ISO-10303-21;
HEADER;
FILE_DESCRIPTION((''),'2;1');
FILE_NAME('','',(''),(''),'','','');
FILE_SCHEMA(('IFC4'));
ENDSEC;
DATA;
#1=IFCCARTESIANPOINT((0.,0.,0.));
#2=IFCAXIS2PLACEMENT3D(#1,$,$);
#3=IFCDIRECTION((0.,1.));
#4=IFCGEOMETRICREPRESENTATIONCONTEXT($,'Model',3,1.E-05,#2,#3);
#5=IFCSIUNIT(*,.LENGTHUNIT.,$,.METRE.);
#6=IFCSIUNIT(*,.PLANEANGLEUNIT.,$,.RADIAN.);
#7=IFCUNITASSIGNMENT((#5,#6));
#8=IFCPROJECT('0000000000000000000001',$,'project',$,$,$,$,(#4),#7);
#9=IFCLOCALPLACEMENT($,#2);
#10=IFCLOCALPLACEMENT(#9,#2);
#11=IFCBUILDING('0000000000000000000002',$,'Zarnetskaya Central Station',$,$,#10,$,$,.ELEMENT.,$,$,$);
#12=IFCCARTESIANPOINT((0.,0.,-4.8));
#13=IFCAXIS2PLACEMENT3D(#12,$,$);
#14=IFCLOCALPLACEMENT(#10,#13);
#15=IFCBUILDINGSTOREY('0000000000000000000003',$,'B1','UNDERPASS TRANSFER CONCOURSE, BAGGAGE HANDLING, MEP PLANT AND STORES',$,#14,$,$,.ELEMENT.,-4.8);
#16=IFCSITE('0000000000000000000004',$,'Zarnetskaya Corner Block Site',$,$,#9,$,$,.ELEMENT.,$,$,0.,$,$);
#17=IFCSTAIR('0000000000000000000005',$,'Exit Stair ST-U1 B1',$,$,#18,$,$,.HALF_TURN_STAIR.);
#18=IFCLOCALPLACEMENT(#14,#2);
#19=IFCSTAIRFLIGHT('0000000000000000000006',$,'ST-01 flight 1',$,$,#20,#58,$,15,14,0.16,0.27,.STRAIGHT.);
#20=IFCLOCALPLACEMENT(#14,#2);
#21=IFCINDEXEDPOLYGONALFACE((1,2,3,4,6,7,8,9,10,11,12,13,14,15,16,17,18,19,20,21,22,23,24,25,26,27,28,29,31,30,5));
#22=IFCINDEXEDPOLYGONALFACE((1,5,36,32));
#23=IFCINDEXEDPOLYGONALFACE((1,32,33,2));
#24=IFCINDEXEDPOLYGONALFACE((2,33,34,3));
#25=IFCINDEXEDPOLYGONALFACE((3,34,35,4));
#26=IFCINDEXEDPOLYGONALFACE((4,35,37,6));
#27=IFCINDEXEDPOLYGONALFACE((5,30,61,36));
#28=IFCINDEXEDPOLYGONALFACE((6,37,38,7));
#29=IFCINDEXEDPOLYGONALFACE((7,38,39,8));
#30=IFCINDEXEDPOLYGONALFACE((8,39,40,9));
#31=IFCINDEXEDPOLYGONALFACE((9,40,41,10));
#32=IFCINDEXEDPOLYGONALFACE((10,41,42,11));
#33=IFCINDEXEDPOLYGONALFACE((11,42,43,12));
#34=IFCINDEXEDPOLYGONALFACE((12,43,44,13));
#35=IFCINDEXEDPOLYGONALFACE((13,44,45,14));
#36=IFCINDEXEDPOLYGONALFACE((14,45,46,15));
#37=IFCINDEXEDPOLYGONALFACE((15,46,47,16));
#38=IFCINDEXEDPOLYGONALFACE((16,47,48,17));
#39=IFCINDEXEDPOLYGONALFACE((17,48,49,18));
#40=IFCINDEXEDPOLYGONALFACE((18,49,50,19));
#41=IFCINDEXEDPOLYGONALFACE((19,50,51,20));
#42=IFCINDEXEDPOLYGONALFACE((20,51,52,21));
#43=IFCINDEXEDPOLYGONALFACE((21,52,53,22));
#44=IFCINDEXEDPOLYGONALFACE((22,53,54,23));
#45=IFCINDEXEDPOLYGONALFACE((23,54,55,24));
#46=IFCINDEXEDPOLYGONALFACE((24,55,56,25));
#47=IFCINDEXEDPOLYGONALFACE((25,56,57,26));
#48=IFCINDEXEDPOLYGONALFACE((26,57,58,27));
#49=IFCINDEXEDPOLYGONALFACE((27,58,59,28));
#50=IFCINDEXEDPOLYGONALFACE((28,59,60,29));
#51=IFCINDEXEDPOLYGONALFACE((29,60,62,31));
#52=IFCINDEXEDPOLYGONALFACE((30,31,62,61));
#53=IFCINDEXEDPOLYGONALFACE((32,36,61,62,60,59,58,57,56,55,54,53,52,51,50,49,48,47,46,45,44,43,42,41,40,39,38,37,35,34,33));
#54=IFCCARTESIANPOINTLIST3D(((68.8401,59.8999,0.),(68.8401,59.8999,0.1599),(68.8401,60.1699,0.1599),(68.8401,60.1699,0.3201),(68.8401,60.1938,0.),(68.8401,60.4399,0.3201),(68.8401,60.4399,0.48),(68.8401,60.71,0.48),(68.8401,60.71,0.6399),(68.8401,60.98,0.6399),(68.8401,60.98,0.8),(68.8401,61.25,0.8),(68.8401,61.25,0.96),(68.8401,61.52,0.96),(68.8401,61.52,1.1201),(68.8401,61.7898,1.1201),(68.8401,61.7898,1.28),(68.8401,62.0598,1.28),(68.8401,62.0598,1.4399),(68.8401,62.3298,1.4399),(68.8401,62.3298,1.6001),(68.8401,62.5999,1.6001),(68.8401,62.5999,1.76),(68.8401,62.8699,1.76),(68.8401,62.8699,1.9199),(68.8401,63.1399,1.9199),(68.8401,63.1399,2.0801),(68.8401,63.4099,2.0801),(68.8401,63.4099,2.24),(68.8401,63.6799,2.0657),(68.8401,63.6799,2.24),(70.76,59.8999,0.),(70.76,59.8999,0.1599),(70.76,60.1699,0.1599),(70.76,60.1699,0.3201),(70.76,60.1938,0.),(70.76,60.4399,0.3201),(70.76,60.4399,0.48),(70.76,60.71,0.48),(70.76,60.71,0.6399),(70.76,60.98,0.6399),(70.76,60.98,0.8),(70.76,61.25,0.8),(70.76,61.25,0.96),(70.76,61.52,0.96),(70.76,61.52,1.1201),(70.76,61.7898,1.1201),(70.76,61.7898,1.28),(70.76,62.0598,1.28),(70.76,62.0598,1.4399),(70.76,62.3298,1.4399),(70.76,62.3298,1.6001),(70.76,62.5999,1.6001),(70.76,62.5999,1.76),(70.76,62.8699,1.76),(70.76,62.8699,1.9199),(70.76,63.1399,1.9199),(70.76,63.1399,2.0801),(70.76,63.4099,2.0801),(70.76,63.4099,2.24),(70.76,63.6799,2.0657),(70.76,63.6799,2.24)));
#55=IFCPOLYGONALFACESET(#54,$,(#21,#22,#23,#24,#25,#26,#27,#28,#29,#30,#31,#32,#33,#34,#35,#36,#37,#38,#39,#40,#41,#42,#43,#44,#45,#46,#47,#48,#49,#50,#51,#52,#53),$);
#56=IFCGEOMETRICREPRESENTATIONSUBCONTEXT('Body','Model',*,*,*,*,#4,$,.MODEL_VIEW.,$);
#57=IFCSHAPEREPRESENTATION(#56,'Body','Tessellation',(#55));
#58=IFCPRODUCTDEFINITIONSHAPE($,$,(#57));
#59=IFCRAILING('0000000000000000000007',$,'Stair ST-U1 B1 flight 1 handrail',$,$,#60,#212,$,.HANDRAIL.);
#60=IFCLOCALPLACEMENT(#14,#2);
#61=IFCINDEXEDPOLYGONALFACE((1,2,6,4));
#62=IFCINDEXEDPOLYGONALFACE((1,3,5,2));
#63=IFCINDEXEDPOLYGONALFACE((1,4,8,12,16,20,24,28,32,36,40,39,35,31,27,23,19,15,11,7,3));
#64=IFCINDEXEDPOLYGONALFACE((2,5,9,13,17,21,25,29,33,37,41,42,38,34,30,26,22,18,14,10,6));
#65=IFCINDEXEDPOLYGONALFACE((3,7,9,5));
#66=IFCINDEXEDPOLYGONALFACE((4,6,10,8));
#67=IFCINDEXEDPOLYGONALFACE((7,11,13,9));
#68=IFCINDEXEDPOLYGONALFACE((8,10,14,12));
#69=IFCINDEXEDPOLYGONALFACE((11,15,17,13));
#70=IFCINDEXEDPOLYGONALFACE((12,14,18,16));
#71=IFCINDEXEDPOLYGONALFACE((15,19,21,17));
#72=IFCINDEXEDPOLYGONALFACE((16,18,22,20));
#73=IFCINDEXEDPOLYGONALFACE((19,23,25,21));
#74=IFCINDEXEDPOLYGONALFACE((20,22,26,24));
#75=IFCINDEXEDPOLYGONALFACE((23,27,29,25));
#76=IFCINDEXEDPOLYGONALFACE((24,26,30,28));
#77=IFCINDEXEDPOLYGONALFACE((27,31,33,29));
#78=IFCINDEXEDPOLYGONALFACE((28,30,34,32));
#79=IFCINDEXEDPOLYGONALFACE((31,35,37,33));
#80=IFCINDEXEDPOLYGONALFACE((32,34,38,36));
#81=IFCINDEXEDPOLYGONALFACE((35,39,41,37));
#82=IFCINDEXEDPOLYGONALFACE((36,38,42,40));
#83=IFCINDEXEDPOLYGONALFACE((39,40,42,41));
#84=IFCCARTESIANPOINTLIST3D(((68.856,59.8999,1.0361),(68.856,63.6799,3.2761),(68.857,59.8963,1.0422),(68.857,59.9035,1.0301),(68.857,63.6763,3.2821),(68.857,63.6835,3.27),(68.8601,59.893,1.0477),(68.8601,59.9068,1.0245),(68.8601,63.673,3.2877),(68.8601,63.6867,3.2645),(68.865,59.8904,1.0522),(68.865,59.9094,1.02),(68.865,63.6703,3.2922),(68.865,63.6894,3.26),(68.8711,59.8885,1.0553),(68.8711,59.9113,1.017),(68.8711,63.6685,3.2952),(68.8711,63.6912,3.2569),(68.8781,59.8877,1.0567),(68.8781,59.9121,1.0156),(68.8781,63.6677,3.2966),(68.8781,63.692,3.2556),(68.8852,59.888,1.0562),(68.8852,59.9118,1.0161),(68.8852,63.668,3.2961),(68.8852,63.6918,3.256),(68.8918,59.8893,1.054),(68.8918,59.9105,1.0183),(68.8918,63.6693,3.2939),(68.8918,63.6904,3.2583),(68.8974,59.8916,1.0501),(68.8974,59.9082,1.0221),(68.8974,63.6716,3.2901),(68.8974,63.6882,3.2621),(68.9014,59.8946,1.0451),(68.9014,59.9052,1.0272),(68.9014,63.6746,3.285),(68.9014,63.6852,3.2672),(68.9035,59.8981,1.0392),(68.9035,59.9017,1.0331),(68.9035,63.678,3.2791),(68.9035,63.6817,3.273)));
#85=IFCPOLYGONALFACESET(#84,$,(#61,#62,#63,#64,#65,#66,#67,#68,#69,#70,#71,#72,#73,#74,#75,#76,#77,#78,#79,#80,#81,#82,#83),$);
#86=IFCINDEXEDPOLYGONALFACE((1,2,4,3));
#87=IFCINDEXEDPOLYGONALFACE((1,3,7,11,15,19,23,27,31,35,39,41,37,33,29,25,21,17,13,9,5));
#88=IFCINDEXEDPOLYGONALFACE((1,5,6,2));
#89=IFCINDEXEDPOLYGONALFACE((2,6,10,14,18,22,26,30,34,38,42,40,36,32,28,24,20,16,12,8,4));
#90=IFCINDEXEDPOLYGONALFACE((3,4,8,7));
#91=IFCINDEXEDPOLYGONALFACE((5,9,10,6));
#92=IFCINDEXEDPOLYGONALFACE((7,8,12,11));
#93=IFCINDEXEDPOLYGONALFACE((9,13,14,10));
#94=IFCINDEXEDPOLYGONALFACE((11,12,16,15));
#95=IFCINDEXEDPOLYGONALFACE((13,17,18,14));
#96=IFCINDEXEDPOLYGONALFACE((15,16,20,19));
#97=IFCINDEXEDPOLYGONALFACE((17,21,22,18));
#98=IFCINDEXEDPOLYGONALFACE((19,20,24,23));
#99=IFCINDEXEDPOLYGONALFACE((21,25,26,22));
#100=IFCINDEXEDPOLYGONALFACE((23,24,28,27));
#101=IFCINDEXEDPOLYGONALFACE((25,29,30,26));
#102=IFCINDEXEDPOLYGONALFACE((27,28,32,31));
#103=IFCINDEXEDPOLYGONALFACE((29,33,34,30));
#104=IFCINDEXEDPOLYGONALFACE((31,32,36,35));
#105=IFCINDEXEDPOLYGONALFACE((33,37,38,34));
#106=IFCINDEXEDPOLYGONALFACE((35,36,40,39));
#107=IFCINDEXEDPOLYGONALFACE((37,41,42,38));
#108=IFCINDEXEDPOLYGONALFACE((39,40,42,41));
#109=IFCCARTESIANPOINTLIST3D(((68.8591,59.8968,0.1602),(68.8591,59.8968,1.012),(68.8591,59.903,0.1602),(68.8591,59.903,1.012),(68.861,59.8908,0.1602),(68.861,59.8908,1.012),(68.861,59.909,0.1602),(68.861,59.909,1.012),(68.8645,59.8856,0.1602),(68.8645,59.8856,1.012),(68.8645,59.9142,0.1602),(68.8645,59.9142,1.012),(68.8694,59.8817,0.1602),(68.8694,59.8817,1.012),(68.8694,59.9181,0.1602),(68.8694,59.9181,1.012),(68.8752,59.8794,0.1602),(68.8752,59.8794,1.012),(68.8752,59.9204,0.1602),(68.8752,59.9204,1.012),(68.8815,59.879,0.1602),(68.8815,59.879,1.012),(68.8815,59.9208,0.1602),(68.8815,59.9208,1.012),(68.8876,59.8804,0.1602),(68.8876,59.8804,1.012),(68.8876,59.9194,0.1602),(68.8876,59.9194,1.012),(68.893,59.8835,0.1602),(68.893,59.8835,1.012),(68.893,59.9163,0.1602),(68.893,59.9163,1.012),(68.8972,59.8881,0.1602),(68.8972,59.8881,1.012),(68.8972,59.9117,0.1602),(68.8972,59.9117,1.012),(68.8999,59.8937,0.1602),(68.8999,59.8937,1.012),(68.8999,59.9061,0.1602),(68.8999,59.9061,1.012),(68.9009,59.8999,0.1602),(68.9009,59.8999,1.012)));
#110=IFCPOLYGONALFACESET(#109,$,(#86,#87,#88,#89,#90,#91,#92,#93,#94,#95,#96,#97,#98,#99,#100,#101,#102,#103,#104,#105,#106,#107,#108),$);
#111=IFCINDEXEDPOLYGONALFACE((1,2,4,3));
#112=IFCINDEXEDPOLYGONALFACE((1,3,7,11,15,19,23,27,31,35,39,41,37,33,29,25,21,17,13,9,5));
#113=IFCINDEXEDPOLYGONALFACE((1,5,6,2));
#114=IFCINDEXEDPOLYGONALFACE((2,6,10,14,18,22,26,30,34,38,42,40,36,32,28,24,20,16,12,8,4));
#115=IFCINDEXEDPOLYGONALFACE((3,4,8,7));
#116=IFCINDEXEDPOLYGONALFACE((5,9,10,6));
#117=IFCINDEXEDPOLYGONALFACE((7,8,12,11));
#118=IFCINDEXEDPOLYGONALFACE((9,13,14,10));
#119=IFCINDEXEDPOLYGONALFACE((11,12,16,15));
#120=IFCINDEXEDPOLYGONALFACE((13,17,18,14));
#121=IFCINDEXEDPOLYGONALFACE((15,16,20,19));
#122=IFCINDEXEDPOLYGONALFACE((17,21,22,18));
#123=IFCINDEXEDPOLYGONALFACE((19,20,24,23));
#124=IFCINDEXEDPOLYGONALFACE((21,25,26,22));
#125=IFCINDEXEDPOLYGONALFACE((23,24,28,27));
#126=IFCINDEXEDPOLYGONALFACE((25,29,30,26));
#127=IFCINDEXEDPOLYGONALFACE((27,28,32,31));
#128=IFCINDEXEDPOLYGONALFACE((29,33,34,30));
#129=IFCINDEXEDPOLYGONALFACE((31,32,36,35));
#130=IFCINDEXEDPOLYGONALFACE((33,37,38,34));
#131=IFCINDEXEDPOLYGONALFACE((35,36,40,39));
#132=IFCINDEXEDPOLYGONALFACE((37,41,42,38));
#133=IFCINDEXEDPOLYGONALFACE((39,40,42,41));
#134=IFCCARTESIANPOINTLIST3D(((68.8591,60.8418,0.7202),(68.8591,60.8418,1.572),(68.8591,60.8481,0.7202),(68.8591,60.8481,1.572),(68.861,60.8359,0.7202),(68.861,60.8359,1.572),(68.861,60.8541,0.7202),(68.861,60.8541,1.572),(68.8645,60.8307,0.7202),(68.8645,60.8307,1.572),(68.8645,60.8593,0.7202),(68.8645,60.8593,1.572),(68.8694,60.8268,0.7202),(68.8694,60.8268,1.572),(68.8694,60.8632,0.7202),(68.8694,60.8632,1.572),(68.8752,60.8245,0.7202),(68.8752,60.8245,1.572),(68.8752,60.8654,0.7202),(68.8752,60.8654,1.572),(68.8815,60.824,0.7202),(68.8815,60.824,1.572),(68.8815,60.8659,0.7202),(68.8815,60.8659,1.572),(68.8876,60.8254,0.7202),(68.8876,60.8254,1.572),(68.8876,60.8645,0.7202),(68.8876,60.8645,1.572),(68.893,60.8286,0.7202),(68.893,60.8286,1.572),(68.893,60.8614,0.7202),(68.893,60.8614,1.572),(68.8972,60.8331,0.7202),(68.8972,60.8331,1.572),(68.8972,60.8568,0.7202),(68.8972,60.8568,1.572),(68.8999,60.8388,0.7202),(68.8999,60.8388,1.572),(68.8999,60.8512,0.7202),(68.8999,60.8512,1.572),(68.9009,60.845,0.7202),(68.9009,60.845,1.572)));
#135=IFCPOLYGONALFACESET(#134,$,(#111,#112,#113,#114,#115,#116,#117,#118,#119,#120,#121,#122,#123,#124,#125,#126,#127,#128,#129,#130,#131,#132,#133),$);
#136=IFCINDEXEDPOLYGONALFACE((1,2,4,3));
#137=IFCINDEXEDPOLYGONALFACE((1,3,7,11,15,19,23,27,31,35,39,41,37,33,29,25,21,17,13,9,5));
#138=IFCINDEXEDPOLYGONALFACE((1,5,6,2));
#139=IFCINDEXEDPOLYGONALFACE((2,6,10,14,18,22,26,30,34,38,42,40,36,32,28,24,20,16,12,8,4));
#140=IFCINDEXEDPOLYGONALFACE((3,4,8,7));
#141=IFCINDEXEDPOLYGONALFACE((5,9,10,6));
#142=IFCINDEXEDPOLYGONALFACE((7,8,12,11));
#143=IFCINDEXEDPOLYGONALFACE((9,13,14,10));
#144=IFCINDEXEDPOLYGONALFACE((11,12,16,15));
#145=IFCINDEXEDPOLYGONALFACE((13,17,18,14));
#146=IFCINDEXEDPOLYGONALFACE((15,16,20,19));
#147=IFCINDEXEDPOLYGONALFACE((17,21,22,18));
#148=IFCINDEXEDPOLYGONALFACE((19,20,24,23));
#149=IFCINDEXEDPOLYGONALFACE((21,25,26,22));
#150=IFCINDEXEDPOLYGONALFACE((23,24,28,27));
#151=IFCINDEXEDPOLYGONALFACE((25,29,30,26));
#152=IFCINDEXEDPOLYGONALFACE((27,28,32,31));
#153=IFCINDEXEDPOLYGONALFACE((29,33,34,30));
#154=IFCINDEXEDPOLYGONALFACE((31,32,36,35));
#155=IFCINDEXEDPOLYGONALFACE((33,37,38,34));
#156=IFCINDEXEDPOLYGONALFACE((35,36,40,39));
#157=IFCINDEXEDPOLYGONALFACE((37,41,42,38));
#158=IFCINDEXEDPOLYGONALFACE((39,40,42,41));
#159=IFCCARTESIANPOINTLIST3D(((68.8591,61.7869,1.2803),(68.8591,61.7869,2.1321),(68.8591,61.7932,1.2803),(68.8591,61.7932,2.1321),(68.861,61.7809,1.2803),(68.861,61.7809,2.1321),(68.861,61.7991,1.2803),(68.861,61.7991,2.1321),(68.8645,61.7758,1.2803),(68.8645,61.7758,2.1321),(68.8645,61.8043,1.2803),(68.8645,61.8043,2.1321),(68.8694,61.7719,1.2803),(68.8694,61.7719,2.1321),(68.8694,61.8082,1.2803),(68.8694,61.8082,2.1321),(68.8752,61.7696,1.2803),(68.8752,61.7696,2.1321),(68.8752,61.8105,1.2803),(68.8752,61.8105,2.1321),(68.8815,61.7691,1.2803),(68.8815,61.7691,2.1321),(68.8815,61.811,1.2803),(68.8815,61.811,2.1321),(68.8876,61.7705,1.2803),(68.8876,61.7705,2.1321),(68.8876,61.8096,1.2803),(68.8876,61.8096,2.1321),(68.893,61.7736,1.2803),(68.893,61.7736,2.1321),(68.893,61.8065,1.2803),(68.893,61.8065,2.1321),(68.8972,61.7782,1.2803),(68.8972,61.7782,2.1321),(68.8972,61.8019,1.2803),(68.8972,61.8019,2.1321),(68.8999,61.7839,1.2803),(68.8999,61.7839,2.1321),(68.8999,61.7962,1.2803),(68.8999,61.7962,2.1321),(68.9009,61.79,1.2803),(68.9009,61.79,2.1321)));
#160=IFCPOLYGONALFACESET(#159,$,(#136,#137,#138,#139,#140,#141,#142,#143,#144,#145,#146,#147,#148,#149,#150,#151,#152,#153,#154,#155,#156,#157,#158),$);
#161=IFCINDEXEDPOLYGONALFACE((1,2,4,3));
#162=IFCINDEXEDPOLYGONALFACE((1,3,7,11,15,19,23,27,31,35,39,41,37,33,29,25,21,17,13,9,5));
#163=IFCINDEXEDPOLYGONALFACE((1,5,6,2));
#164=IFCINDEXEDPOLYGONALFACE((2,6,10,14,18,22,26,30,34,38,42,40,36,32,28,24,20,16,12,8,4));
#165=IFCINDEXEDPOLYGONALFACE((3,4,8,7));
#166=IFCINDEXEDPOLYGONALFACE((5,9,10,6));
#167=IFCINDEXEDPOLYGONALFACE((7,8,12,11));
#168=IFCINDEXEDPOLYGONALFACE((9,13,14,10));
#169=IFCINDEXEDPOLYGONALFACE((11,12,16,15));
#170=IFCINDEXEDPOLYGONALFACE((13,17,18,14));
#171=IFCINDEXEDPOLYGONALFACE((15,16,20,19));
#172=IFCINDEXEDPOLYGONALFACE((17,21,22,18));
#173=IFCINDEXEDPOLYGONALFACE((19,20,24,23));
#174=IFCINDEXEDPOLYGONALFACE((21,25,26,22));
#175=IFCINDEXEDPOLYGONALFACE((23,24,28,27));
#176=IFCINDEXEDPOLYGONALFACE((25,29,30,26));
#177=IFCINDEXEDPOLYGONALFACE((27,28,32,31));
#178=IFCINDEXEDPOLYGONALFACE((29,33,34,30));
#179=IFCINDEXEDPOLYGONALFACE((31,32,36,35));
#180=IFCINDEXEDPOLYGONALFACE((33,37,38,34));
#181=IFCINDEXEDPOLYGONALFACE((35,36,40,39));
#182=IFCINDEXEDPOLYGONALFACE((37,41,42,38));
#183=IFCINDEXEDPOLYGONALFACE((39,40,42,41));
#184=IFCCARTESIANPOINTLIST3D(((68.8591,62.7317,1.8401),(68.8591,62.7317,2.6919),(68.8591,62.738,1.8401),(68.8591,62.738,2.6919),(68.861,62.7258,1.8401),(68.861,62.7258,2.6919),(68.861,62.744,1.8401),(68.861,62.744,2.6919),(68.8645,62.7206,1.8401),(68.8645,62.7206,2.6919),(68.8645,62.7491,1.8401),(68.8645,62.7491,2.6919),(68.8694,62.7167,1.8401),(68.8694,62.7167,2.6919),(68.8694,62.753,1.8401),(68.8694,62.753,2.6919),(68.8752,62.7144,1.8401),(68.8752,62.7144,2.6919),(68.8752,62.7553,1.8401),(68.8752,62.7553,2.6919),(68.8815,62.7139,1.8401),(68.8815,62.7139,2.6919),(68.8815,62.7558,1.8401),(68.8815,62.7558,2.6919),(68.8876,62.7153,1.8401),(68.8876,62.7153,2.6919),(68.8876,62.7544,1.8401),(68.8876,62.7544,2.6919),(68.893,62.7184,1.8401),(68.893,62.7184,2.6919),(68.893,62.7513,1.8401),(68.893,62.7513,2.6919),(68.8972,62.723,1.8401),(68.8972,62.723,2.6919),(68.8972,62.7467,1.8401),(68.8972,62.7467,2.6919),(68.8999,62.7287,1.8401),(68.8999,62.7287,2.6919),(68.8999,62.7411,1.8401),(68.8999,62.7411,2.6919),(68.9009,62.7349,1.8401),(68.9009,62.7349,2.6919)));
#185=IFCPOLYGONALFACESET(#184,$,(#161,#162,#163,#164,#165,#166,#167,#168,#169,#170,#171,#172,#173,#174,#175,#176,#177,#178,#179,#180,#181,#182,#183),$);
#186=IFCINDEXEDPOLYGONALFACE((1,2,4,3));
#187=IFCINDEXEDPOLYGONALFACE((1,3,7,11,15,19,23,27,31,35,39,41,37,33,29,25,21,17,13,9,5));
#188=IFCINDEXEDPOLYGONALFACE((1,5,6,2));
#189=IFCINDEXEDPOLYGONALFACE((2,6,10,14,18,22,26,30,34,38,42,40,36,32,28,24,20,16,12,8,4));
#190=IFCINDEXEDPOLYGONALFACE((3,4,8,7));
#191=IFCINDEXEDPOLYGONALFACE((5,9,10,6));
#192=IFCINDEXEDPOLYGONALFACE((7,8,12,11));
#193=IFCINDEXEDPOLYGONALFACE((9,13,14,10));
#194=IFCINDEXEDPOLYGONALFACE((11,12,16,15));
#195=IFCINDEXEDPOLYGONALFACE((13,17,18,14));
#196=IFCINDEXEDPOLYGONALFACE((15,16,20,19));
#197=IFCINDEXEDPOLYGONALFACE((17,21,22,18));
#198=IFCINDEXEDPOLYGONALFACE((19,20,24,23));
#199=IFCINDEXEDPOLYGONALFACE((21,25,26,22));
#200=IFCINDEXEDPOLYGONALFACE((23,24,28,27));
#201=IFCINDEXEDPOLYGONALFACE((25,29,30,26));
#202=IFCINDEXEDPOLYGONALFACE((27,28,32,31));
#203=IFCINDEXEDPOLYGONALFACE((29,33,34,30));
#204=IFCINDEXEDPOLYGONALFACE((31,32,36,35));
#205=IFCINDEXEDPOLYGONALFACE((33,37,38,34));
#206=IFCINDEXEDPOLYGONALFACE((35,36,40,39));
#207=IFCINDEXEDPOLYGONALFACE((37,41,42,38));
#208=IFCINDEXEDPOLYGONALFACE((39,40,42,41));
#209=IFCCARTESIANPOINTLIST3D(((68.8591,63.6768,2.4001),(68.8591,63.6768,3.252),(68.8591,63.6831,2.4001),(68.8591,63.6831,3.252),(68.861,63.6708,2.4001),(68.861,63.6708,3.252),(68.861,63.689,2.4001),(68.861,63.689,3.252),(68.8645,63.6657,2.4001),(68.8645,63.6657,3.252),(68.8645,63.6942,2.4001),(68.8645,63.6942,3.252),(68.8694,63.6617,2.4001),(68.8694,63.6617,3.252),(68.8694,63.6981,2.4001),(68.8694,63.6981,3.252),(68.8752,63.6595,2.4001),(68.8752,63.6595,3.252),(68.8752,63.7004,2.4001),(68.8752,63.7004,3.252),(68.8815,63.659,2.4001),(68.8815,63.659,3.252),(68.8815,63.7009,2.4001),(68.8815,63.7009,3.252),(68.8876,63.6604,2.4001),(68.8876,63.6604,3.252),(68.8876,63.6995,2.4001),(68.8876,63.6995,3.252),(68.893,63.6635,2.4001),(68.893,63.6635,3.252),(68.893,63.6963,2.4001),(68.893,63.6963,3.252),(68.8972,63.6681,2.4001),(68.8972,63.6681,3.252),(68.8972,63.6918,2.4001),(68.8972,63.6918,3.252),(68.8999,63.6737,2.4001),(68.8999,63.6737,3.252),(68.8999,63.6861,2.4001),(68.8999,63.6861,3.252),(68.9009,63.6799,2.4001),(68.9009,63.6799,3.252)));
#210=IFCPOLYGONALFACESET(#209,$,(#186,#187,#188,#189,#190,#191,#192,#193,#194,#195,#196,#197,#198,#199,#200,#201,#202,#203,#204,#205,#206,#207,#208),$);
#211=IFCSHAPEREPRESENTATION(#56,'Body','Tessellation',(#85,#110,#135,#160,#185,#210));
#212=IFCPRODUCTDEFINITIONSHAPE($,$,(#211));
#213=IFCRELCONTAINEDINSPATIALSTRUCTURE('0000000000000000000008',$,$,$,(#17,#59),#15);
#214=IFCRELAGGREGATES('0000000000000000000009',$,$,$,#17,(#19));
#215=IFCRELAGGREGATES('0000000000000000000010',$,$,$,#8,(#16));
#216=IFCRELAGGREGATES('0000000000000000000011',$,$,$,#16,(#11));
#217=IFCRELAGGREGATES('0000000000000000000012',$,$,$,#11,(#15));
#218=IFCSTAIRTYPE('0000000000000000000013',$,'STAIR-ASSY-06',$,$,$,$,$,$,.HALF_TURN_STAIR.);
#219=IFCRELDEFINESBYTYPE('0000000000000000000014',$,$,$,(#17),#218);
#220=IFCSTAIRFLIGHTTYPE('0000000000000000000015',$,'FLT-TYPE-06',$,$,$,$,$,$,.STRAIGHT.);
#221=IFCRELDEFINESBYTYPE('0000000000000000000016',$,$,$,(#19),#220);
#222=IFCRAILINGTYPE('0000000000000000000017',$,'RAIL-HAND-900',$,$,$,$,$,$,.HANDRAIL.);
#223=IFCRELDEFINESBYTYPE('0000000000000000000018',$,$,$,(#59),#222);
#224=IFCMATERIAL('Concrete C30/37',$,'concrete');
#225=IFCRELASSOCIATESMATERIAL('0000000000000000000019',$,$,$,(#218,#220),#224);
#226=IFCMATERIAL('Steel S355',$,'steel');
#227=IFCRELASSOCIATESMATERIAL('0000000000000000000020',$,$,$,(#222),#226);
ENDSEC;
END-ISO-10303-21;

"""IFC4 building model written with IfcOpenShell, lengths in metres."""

from ifc_helpers import new_model, si_unit, direction, frame, origin, origin_2d, place, context, subcontext, project, spatial, polyline, circle, outline, extrude, material, type_object, element, aggregate, save


model = new_model("IFC4")

# Units and contexts
model_context = context("Model", 3, precision=1e-05, world=origin(), true_north=direction((0.0, 1.0)))
body_context = subcontext(model_context, "Body", "Model", "MODEL_VIEW")
ifc_project = project(units=[si_unit("LENGTHUNIT", "METRE"), si_unit("PLANEANGLEUNIT", "RADIAN")], contexts=[model_context])

# Site, building, storey
site_placement = place(None, origin())
site = spatial("IfcSite", under=ifc_project, at=site_placement, Name="Zarnetskaya Corner Block Site", CompositionType="ELEMENT", RefElevation=0.0)
building_placement = place(site_placement, origin())
building = spatial("IfcBuilding", under=site, at=building_placement, Name="Zarnetskaya Central Station", CompositionType="ELEMENT")
storey_placement = place(building_placement, frame((0.0, 0.0, -4.8)))
storey = spatial("IfcBuildingStorey", under=building, at=storey_placement, Name="B1", Description="UNDERPASS TRANSFER CONCOURSE, BAGGAGE HANDLING, MEP PLANT AND STORES", CompositionType="ELEMENT", Elevation=-4.8)

# Stair, stair flight
ifc_material_1 = material(Name="Concrete C30/37", Category="concrete")
stair_type = type_object("IfcStairType", Name="STAIR-ASSY-06", PredefinedType="HALF_TURN_STAIR", material=ifc_material_1)
stair_placement = place(storey_placement, origin())
stair = element("IfcStair", 1, at=stair_placement, inside=storey, type_object=stair_type, Name="Exit Stair ST-U1 B1", PredefinedType="HALF_TURN_STAIR")
stair_flight_type = type_object("IfcStairFlightType", Name="FLT-TYPE-06", PredefinedType="STRAIGHT", material=ifc_material_1)
stair_flight_placement = place(storey_placement, frame((69.8, 59.8999, 0.0), z_axis=(0.0, 0.0, 1.0), x_axis=(0.0, 1.0, 0.0)))
stair_flight = element("IfcStairFlight", 2, at=stair_flight_placement, type_object=stair_flight_type, Name="ST-01 flight 1", NumberOfRisers=15, NumberOfTreads=14, PredefinedType="STRAIGHT", RiserHeight=0.16, TreadLength=0.27, context=body_context, shape_type="SweptSolid", body=[
    extrude(outline(polyline([(0.0, 0.0), (0.0, 0.1599), (0.27, 0.1599), (0.27, 0.3201), (0.54, 0.3201), (0.54, 0.48), (0.8101, 0.48), (0.8101, 0.6399), (1.0801, 0.6399), (1.0801, 0.8), (1.3501, 0.8), (1.3501, 0.96), (1.6201, 0.96), (1.6201, 1.1201), (1.8899, 1.1201), (1.8899, 1.28), (2.1599, 1.28), (2.1599, 1.4399), (2.4299, 1.4399), (2.4299, 1.6001), (2.7, 1.6001), (2.7, 1.76), (2.97, 1.76), (2.97, 1.9199), (3.24, 1.9199), (3.24, 2.0801), (3.51, 2.0801), (3.51, 2.24), (3.78, 2.24), (3.78, 2.3999), (3.78, 2.0657), (0.2939, 0.0), (0.0, 0.0)])), frame((0.0, 0.96, 0.0), z_axis=(0.0, -1.0, 0.0), x_axis=(1.0, 0.0, 0.0)), (0.0, 0.0, 1.0), 1.9199),
])
aggregate(stair, [stair_flight])

# Railing
ifc_material_2 = material(Name="Steel S355", Category="steel")
railing_type_1 = type_object("IfcRailingType", Name="RAIL-HAND-900", PredefinedType="HANDRAIL", material=ifc_material_2)
railing_1_placement = place(storey_placement, frame((68.8799, 59.8999, 0.1602)))
element("IfcRailing", 3, at=railing_1_placement, inside=storey, type_object=railing_type_1, Name="Stair ST-U1 B1 flight 1 handrail", PredefinedType="HANDRAIL", context=body_context, shape_type="SweptSolid", body=[
    extrude(circle(Radius=0.0239, at=origin_2d()), frame((0.0, 0.0, 0.876), z_axis=(0.0, 0.860294, 0.509798), x_axis=(-1.0, 0.0, 0.0)), (0.0, 0.0, 1.0), 4.3938),
    extrude(circle(Radius=0.021, at=origin_2d()), origin(), (0.0, 0.0, 1.0), 0.8518),
    extrude(circle(Radius=0.021, at=origin_2d()), frame((0.0, 0.9451, 0.5601)), (0.0, 0.0, 1.0), 0.8518),
    extrude(circle(Radius=0.021, at=origin_2d()), frame((0.0, 1.8901, 1.1201)), (0.0, 0.0, 1.0), 0.8518),
    extrude(circle(Radius=0.021, at=origin_2d()), frame((0.0, 2.835, 1.6799)), (0.0, 0.0, 1.0), 0.8518),
    extrude(circle(Radius=0.021, at=origin_2d()), frame((0.0, 3.78, 2.24)), (0.0, 0.0, 1.0), 0.8518),
])

save(model, "model.ifc")
